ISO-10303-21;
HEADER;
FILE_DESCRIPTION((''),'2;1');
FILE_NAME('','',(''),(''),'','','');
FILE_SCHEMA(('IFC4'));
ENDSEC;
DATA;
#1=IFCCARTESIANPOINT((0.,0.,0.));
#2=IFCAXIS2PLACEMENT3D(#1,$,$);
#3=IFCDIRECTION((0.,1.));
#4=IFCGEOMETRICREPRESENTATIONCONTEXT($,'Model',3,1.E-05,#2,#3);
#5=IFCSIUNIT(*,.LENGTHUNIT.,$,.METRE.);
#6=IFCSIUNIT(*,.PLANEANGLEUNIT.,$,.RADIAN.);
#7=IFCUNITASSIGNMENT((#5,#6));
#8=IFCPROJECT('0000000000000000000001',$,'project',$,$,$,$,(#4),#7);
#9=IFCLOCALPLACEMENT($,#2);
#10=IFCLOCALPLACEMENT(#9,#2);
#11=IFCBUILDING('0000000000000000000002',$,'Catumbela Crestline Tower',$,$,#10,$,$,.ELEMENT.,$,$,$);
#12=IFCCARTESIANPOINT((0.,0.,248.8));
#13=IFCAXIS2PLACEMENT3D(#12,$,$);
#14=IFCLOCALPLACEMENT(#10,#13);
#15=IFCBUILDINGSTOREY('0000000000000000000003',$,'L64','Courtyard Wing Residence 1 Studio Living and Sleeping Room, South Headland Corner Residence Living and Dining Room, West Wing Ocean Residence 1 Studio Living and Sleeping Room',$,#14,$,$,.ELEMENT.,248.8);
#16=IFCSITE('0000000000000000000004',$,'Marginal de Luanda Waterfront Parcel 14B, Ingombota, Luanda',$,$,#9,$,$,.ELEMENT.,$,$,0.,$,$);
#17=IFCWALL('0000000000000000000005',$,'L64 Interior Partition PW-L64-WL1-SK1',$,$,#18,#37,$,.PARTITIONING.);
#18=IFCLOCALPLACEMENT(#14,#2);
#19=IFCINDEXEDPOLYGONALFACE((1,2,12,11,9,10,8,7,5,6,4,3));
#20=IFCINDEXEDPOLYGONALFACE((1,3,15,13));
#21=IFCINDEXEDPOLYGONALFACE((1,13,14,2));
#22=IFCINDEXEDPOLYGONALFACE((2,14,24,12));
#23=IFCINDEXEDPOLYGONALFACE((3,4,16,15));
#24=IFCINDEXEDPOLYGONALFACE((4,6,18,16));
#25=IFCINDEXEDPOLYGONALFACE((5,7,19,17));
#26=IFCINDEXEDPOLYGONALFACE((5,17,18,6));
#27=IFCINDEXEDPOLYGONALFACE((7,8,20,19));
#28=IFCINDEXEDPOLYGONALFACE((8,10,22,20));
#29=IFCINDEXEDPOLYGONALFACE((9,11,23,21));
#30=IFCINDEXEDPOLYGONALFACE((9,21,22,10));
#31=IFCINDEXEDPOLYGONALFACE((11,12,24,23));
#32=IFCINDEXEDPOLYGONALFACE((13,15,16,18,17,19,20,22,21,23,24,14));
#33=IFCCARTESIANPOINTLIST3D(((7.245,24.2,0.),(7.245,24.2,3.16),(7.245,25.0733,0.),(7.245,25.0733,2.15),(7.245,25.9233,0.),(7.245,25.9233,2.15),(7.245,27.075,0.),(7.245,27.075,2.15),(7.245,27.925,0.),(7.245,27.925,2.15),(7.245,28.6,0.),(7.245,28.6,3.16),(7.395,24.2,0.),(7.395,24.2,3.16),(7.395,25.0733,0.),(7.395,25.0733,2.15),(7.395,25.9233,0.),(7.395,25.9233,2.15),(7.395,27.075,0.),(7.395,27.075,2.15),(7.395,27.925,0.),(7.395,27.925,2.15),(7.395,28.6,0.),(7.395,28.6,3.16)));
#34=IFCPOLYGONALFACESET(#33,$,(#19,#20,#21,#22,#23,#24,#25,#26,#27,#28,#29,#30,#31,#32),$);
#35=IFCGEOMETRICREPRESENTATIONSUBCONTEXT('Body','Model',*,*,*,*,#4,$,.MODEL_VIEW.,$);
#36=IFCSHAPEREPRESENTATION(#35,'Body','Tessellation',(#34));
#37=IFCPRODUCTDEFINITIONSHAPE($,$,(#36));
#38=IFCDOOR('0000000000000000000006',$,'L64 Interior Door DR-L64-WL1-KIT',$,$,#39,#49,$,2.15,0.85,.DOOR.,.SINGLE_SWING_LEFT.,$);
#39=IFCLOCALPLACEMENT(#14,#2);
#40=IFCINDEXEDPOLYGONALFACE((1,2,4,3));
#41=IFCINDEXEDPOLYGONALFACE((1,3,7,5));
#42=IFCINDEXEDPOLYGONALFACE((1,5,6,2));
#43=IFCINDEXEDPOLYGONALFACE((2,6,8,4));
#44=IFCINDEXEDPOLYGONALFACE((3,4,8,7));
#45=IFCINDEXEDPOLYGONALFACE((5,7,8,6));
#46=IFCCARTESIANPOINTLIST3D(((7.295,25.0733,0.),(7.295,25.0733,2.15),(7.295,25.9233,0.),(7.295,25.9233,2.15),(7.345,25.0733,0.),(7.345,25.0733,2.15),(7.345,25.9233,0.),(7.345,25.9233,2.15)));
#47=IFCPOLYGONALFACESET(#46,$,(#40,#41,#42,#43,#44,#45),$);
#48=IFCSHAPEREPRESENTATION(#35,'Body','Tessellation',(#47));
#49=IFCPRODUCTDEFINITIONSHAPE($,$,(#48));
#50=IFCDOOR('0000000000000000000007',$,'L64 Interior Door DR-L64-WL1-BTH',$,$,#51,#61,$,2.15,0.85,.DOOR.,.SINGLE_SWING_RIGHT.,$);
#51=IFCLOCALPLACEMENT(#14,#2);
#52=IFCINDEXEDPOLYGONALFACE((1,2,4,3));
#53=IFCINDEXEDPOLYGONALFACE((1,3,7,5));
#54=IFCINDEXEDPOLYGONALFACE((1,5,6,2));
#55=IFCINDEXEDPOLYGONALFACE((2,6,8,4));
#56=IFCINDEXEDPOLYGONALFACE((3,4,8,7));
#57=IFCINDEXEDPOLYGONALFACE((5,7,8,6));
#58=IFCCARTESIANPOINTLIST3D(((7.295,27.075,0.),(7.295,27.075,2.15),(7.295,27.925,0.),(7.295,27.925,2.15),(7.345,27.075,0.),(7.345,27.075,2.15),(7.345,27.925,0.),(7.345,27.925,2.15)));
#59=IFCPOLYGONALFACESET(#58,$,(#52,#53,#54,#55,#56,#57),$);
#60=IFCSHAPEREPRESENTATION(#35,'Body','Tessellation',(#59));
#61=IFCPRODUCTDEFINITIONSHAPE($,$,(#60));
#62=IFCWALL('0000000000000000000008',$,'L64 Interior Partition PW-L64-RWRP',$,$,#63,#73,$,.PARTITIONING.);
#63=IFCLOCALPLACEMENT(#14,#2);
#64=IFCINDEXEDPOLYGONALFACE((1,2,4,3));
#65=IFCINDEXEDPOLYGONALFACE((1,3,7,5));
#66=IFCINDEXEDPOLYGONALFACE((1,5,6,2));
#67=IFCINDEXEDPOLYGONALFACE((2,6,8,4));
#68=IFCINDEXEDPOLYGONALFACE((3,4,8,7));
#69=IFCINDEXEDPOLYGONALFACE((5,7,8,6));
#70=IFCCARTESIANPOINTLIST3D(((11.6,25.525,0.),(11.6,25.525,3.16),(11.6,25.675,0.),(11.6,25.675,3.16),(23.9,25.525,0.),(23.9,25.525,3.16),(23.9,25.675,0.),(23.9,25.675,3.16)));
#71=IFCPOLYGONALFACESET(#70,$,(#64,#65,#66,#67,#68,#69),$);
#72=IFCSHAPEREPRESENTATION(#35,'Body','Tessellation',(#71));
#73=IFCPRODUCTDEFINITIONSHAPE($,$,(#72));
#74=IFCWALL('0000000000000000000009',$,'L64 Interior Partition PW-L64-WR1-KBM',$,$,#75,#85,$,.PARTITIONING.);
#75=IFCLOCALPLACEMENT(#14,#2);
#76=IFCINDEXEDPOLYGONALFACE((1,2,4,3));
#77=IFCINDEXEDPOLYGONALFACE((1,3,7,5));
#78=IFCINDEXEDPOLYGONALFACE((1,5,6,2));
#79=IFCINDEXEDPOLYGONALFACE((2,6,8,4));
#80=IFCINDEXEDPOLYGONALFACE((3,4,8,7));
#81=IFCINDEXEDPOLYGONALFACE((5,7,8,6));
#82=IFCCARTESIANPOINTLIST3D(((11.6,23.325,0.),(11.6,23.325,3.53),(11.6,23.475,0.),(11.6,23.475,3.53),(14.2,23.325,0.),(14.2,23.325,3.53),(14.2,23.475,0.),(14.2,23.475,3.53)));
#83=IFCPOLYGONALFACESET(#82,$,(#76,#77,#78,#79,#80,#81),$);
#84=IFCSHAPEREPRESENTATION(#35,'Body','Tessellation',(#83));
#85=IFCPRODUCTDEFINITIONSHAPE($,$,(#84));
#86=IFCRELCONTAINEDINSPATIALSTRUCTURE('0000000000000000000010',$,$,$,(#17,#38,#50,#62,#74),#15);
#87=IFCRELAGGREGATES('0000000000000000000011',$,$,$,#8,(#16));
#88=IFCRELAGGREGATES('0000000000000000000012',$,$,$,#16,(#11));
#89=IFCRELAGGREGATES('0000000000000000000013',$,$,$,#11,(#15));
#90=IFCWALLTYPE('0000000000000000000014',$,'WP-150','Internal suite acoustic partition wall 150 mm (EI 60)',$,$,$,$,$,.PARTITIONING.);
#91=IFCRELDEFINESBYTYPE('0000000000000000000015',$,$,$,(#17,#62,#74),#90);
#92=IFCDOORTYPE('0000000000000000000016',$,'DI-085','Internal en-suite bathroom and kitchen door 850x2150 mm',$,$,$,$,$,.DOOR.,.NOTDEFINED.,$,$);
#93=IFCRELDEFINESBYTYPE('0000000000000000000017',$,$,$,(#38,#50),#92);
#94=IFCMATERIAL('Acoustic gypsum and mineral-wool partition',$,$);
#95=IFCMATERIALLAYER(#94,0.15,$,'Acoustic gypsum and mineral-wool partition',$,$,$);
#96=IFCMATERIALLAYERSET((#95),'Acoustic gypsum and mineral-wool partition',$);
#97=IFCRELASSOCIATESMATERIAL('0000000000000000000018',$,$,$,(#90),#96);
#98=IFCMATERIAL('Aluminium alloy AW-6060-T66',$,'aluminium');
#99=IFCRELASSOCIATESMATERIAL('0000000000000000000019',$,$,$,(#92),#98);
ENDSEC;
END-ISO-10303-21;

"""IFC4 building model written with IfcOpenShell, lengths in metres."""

from ifc_helpers import new_model, si_unit, direction, frame, frame_2d, origin, place, context, subcontext, project, spatial, rectangle, extrude, material, layer, layer_set, type_object, element, fill, save


model = new_model("IFC4")

# Units and contexts
model_context = context("Model", 3, precision=1e-05, world=origin(), true_north=direction((0.0, 1.0)))
body_context = subcontext(model_context, "Body", "Model", "MODEL_VIEW")
ifc_project = project(units=[si_unit("LENGTHUNIT", "METRE"), si_unit("PLANEANGLEUNIT", "RADIAN")], contexts=[model_context])

# Site, building, storey
site_placement = place(None, origin())
site = spatial("IfcSite", under=ifc_project, at=site_placement, Name="Marginal de Luanda Waterfront Parcel 14B, Ingombota, Luanda", CompositionType="ELEMENT", RefElevation=0.0)
building_placement = place(site_placement, origin())
building = spatial("IfcBuilding", under=site, at=building_placement, Name="Catumbela Crestline Tower", CompositionType="ELEMENT")
storey_placement = place(building_placement, frame((0.0, 0.0, 248.8)))
storey = spatial("IfcBuildingStorey", under=building, at=storey_placement, Name="L64", Description="Courtyard Wing Residence 1 Studio Living and Sleeping Room, South Headland Corner Residence Living and Dining Room, West Wing Ocean Residence 1 Studio Living and Sleeping Room", CompositionType="ELEMENT", Elevation=248.8)

# Shared definitions
ifc_material_1 = material(Name="Acoustic gypsum and mineral-wool partition")
ifc_material_2 = material(Name="Aluminium alloy AW-6060-T66", Category="aluminium")

# Shared definitions
ifc_layer_1 = layer(ifc_material_1, 0.15, Name="Acoustic gypsum and mineral-wool partition")
ifc_layer_set_1 = layer_set([ifc_layer_1], Name="Acoustic gypsum and mineral-wool partition")
wall_type_1 = type_object("IfcWallType", Name="WP-150", Description="Internal suite acoustic partition wall 150 mm (EI 60)", PredefinedType="PARTITIONING", material=ifc_layer_set_1)

# Shared definitions
door_type_1 = type_object("IfcDoorType", Name="DI-085", Description="Internal en-suite bathroom and kitchen door 850x2150 mm", OperationType="NOTDEFINED", PredefinedType="DOOR", material=ifc_material_2)

# Wall, openings, doors
wall_1_placement = place(storey_placement, frame((7.32, 24.2, 0.0), z_axis=(0.0, 0.0, 1.0), x_axis=(0.0, 1.0, 0.0)))
wall_1 = element("IfcWall", 1, at=wall_1_placement, inside=storey, type_object=wall_type_1, Name="L64 Interior Partition PW-L64-WL1-SK1", PredefinedType="PARTITIONING", context=body_context, shape_type="SweptSolid", body=[
    extrude(rectangle(XDim=4.4, YDim=0.15, at=frame_2d((2.2, 0.0))), origin(), (0.0, 0.0, 1.0), 3.16),
])
opening_1_placement = place(wall_1_placement, frame((0.8733, 0.0, 0.0)))
opening_1 = element("IfcOpeningElement", 2, at=opening_1_placement, cuts=wall_1, PredefinedType="OPENING", context=body_context, shape_type="SweptSolid", body=[
    extrude(rectangle(XDim=0.85, YDim=2.15, at=frame_2d((0.425, 1.075))), frame((0.0, 0.085, 0.0), z_axis=(0.0, -1.0, 0.0), x_axis=(1.0, 0.0, 0.0)), (0.0, 0.0, 1.0), 0.17),
])
opening_2_placement = place(wall_1_placement, frame((2.875, 0.0, 0.0)))
opening_2 = element("IfcOpeningElement", 3, at=opening_2_placement, cuts=wall_1, PredefinedType="OPENING", context=body_context, shape_type="SweptSolid", body=[
    extrude(rectangle(XDim=0.85, YDim=2.15, at=frame_2d((0.425, 1.075))), frame((0.0, 0.085, 0.0), z_axis=(0.0, -1.0, 0.0), x_axis=(1.0, 0.0, 0.0)), (0.0, 0.0, 1.0), 0.17),
])
door_1_placement = place(opening_1_placement, origin())
door_1 = element("IfcDoor", 4, at=door_1_placement, inside=storey, type_object=door_type_1, Name="L64 Interior Door DR-L64-WL1-KIT", OperationType="SINGLE_SWING_LEFT", OverallHeight=2.15, OverallWidth=0.85, PredefinedType="DOOR", context=body_context, shape_type="SweptSolid", body=[
    extrude(rectangle(XDim=0.85, YDim=2.15, at=frame_2d((0.425, 1.075))), frame((0.0, 0.025, 0.0), z_axis=(0.0, -1.0, 0.0), x_axis=(1.0, 0.0, 0.0)), (0.0, 0.0, 1.0), 0.05),
])
fill(opening_1, door_1)
door_2_placement = place(opening_2_placement, origin())
door_2 = element("IfcDoor", 5, at=door_2_placement, inside=storey, type_object=door_type_1, Name="L64 Interior Door DR-L64-WL1-BTH", OperationType="SINGLE_SWING_RIGHT", OverallHeight=2.15, OverallWidth=0.85, PredefinedType="DOOR", context=body_context, shape_type="SweptSolid", body=[
    extrude(rectangle(XDim=0.85, YDim=2.15, at=frame_2d((0.425, 1.075))), frame((0.0, 0.025, 0.0), z_axis=(0.0, -1.0, 0.0), x_axis=(1.0, 0.0, 0.0)), (0.0, 0.0, 1.0), 0.05),
])
fill(opening_2, door_2)

# Walls
wall_2_placement = place(storey_placement, frame((11.6, 25.6, 0.0), z_axis=(0.0, 0.0, 1.0), x_axis=(1.0, 0.0, 0.0)))
element("IfcWall", 6, at=wall_2_placement, inside=storey, type_object=wall_type_1, Name="L64 Interior Partition PW-L64-RWRP", PredefinedType="PARTITIONING", context=body_context, shape_type="SweptSolid", body=[
    extrude(rectangle(XDim=12.3, YDim=0.15, at=frame_2d((6.15, 0.0))), origin(), (0.0, 0.0, 1.0), 3.16),
])
wall_3_placement = place(storey_placement, frame((11.6, 23.4, 0.0), z_axis=(0.0, 0.0, 1.0), x_axis=(1.0, 0.0, 0.0)))
element("IfcWall", 7, at=wall_3_placement, inside=storey, type_object=wall_type_1, Name="L64 Interior Partition PW-L64-WR1-KBM", PredefinedType="PARTITIONING", context=body_context, shape_type="SweptSolid", body=[
    extrude(rectangle(XDim=2.6, YDim=0.15, at=frame_2d((1.3, 0.0))), origin(), (0.0, 0.0, 1.0), 3.53),
])

save(model, "model.ifc")
